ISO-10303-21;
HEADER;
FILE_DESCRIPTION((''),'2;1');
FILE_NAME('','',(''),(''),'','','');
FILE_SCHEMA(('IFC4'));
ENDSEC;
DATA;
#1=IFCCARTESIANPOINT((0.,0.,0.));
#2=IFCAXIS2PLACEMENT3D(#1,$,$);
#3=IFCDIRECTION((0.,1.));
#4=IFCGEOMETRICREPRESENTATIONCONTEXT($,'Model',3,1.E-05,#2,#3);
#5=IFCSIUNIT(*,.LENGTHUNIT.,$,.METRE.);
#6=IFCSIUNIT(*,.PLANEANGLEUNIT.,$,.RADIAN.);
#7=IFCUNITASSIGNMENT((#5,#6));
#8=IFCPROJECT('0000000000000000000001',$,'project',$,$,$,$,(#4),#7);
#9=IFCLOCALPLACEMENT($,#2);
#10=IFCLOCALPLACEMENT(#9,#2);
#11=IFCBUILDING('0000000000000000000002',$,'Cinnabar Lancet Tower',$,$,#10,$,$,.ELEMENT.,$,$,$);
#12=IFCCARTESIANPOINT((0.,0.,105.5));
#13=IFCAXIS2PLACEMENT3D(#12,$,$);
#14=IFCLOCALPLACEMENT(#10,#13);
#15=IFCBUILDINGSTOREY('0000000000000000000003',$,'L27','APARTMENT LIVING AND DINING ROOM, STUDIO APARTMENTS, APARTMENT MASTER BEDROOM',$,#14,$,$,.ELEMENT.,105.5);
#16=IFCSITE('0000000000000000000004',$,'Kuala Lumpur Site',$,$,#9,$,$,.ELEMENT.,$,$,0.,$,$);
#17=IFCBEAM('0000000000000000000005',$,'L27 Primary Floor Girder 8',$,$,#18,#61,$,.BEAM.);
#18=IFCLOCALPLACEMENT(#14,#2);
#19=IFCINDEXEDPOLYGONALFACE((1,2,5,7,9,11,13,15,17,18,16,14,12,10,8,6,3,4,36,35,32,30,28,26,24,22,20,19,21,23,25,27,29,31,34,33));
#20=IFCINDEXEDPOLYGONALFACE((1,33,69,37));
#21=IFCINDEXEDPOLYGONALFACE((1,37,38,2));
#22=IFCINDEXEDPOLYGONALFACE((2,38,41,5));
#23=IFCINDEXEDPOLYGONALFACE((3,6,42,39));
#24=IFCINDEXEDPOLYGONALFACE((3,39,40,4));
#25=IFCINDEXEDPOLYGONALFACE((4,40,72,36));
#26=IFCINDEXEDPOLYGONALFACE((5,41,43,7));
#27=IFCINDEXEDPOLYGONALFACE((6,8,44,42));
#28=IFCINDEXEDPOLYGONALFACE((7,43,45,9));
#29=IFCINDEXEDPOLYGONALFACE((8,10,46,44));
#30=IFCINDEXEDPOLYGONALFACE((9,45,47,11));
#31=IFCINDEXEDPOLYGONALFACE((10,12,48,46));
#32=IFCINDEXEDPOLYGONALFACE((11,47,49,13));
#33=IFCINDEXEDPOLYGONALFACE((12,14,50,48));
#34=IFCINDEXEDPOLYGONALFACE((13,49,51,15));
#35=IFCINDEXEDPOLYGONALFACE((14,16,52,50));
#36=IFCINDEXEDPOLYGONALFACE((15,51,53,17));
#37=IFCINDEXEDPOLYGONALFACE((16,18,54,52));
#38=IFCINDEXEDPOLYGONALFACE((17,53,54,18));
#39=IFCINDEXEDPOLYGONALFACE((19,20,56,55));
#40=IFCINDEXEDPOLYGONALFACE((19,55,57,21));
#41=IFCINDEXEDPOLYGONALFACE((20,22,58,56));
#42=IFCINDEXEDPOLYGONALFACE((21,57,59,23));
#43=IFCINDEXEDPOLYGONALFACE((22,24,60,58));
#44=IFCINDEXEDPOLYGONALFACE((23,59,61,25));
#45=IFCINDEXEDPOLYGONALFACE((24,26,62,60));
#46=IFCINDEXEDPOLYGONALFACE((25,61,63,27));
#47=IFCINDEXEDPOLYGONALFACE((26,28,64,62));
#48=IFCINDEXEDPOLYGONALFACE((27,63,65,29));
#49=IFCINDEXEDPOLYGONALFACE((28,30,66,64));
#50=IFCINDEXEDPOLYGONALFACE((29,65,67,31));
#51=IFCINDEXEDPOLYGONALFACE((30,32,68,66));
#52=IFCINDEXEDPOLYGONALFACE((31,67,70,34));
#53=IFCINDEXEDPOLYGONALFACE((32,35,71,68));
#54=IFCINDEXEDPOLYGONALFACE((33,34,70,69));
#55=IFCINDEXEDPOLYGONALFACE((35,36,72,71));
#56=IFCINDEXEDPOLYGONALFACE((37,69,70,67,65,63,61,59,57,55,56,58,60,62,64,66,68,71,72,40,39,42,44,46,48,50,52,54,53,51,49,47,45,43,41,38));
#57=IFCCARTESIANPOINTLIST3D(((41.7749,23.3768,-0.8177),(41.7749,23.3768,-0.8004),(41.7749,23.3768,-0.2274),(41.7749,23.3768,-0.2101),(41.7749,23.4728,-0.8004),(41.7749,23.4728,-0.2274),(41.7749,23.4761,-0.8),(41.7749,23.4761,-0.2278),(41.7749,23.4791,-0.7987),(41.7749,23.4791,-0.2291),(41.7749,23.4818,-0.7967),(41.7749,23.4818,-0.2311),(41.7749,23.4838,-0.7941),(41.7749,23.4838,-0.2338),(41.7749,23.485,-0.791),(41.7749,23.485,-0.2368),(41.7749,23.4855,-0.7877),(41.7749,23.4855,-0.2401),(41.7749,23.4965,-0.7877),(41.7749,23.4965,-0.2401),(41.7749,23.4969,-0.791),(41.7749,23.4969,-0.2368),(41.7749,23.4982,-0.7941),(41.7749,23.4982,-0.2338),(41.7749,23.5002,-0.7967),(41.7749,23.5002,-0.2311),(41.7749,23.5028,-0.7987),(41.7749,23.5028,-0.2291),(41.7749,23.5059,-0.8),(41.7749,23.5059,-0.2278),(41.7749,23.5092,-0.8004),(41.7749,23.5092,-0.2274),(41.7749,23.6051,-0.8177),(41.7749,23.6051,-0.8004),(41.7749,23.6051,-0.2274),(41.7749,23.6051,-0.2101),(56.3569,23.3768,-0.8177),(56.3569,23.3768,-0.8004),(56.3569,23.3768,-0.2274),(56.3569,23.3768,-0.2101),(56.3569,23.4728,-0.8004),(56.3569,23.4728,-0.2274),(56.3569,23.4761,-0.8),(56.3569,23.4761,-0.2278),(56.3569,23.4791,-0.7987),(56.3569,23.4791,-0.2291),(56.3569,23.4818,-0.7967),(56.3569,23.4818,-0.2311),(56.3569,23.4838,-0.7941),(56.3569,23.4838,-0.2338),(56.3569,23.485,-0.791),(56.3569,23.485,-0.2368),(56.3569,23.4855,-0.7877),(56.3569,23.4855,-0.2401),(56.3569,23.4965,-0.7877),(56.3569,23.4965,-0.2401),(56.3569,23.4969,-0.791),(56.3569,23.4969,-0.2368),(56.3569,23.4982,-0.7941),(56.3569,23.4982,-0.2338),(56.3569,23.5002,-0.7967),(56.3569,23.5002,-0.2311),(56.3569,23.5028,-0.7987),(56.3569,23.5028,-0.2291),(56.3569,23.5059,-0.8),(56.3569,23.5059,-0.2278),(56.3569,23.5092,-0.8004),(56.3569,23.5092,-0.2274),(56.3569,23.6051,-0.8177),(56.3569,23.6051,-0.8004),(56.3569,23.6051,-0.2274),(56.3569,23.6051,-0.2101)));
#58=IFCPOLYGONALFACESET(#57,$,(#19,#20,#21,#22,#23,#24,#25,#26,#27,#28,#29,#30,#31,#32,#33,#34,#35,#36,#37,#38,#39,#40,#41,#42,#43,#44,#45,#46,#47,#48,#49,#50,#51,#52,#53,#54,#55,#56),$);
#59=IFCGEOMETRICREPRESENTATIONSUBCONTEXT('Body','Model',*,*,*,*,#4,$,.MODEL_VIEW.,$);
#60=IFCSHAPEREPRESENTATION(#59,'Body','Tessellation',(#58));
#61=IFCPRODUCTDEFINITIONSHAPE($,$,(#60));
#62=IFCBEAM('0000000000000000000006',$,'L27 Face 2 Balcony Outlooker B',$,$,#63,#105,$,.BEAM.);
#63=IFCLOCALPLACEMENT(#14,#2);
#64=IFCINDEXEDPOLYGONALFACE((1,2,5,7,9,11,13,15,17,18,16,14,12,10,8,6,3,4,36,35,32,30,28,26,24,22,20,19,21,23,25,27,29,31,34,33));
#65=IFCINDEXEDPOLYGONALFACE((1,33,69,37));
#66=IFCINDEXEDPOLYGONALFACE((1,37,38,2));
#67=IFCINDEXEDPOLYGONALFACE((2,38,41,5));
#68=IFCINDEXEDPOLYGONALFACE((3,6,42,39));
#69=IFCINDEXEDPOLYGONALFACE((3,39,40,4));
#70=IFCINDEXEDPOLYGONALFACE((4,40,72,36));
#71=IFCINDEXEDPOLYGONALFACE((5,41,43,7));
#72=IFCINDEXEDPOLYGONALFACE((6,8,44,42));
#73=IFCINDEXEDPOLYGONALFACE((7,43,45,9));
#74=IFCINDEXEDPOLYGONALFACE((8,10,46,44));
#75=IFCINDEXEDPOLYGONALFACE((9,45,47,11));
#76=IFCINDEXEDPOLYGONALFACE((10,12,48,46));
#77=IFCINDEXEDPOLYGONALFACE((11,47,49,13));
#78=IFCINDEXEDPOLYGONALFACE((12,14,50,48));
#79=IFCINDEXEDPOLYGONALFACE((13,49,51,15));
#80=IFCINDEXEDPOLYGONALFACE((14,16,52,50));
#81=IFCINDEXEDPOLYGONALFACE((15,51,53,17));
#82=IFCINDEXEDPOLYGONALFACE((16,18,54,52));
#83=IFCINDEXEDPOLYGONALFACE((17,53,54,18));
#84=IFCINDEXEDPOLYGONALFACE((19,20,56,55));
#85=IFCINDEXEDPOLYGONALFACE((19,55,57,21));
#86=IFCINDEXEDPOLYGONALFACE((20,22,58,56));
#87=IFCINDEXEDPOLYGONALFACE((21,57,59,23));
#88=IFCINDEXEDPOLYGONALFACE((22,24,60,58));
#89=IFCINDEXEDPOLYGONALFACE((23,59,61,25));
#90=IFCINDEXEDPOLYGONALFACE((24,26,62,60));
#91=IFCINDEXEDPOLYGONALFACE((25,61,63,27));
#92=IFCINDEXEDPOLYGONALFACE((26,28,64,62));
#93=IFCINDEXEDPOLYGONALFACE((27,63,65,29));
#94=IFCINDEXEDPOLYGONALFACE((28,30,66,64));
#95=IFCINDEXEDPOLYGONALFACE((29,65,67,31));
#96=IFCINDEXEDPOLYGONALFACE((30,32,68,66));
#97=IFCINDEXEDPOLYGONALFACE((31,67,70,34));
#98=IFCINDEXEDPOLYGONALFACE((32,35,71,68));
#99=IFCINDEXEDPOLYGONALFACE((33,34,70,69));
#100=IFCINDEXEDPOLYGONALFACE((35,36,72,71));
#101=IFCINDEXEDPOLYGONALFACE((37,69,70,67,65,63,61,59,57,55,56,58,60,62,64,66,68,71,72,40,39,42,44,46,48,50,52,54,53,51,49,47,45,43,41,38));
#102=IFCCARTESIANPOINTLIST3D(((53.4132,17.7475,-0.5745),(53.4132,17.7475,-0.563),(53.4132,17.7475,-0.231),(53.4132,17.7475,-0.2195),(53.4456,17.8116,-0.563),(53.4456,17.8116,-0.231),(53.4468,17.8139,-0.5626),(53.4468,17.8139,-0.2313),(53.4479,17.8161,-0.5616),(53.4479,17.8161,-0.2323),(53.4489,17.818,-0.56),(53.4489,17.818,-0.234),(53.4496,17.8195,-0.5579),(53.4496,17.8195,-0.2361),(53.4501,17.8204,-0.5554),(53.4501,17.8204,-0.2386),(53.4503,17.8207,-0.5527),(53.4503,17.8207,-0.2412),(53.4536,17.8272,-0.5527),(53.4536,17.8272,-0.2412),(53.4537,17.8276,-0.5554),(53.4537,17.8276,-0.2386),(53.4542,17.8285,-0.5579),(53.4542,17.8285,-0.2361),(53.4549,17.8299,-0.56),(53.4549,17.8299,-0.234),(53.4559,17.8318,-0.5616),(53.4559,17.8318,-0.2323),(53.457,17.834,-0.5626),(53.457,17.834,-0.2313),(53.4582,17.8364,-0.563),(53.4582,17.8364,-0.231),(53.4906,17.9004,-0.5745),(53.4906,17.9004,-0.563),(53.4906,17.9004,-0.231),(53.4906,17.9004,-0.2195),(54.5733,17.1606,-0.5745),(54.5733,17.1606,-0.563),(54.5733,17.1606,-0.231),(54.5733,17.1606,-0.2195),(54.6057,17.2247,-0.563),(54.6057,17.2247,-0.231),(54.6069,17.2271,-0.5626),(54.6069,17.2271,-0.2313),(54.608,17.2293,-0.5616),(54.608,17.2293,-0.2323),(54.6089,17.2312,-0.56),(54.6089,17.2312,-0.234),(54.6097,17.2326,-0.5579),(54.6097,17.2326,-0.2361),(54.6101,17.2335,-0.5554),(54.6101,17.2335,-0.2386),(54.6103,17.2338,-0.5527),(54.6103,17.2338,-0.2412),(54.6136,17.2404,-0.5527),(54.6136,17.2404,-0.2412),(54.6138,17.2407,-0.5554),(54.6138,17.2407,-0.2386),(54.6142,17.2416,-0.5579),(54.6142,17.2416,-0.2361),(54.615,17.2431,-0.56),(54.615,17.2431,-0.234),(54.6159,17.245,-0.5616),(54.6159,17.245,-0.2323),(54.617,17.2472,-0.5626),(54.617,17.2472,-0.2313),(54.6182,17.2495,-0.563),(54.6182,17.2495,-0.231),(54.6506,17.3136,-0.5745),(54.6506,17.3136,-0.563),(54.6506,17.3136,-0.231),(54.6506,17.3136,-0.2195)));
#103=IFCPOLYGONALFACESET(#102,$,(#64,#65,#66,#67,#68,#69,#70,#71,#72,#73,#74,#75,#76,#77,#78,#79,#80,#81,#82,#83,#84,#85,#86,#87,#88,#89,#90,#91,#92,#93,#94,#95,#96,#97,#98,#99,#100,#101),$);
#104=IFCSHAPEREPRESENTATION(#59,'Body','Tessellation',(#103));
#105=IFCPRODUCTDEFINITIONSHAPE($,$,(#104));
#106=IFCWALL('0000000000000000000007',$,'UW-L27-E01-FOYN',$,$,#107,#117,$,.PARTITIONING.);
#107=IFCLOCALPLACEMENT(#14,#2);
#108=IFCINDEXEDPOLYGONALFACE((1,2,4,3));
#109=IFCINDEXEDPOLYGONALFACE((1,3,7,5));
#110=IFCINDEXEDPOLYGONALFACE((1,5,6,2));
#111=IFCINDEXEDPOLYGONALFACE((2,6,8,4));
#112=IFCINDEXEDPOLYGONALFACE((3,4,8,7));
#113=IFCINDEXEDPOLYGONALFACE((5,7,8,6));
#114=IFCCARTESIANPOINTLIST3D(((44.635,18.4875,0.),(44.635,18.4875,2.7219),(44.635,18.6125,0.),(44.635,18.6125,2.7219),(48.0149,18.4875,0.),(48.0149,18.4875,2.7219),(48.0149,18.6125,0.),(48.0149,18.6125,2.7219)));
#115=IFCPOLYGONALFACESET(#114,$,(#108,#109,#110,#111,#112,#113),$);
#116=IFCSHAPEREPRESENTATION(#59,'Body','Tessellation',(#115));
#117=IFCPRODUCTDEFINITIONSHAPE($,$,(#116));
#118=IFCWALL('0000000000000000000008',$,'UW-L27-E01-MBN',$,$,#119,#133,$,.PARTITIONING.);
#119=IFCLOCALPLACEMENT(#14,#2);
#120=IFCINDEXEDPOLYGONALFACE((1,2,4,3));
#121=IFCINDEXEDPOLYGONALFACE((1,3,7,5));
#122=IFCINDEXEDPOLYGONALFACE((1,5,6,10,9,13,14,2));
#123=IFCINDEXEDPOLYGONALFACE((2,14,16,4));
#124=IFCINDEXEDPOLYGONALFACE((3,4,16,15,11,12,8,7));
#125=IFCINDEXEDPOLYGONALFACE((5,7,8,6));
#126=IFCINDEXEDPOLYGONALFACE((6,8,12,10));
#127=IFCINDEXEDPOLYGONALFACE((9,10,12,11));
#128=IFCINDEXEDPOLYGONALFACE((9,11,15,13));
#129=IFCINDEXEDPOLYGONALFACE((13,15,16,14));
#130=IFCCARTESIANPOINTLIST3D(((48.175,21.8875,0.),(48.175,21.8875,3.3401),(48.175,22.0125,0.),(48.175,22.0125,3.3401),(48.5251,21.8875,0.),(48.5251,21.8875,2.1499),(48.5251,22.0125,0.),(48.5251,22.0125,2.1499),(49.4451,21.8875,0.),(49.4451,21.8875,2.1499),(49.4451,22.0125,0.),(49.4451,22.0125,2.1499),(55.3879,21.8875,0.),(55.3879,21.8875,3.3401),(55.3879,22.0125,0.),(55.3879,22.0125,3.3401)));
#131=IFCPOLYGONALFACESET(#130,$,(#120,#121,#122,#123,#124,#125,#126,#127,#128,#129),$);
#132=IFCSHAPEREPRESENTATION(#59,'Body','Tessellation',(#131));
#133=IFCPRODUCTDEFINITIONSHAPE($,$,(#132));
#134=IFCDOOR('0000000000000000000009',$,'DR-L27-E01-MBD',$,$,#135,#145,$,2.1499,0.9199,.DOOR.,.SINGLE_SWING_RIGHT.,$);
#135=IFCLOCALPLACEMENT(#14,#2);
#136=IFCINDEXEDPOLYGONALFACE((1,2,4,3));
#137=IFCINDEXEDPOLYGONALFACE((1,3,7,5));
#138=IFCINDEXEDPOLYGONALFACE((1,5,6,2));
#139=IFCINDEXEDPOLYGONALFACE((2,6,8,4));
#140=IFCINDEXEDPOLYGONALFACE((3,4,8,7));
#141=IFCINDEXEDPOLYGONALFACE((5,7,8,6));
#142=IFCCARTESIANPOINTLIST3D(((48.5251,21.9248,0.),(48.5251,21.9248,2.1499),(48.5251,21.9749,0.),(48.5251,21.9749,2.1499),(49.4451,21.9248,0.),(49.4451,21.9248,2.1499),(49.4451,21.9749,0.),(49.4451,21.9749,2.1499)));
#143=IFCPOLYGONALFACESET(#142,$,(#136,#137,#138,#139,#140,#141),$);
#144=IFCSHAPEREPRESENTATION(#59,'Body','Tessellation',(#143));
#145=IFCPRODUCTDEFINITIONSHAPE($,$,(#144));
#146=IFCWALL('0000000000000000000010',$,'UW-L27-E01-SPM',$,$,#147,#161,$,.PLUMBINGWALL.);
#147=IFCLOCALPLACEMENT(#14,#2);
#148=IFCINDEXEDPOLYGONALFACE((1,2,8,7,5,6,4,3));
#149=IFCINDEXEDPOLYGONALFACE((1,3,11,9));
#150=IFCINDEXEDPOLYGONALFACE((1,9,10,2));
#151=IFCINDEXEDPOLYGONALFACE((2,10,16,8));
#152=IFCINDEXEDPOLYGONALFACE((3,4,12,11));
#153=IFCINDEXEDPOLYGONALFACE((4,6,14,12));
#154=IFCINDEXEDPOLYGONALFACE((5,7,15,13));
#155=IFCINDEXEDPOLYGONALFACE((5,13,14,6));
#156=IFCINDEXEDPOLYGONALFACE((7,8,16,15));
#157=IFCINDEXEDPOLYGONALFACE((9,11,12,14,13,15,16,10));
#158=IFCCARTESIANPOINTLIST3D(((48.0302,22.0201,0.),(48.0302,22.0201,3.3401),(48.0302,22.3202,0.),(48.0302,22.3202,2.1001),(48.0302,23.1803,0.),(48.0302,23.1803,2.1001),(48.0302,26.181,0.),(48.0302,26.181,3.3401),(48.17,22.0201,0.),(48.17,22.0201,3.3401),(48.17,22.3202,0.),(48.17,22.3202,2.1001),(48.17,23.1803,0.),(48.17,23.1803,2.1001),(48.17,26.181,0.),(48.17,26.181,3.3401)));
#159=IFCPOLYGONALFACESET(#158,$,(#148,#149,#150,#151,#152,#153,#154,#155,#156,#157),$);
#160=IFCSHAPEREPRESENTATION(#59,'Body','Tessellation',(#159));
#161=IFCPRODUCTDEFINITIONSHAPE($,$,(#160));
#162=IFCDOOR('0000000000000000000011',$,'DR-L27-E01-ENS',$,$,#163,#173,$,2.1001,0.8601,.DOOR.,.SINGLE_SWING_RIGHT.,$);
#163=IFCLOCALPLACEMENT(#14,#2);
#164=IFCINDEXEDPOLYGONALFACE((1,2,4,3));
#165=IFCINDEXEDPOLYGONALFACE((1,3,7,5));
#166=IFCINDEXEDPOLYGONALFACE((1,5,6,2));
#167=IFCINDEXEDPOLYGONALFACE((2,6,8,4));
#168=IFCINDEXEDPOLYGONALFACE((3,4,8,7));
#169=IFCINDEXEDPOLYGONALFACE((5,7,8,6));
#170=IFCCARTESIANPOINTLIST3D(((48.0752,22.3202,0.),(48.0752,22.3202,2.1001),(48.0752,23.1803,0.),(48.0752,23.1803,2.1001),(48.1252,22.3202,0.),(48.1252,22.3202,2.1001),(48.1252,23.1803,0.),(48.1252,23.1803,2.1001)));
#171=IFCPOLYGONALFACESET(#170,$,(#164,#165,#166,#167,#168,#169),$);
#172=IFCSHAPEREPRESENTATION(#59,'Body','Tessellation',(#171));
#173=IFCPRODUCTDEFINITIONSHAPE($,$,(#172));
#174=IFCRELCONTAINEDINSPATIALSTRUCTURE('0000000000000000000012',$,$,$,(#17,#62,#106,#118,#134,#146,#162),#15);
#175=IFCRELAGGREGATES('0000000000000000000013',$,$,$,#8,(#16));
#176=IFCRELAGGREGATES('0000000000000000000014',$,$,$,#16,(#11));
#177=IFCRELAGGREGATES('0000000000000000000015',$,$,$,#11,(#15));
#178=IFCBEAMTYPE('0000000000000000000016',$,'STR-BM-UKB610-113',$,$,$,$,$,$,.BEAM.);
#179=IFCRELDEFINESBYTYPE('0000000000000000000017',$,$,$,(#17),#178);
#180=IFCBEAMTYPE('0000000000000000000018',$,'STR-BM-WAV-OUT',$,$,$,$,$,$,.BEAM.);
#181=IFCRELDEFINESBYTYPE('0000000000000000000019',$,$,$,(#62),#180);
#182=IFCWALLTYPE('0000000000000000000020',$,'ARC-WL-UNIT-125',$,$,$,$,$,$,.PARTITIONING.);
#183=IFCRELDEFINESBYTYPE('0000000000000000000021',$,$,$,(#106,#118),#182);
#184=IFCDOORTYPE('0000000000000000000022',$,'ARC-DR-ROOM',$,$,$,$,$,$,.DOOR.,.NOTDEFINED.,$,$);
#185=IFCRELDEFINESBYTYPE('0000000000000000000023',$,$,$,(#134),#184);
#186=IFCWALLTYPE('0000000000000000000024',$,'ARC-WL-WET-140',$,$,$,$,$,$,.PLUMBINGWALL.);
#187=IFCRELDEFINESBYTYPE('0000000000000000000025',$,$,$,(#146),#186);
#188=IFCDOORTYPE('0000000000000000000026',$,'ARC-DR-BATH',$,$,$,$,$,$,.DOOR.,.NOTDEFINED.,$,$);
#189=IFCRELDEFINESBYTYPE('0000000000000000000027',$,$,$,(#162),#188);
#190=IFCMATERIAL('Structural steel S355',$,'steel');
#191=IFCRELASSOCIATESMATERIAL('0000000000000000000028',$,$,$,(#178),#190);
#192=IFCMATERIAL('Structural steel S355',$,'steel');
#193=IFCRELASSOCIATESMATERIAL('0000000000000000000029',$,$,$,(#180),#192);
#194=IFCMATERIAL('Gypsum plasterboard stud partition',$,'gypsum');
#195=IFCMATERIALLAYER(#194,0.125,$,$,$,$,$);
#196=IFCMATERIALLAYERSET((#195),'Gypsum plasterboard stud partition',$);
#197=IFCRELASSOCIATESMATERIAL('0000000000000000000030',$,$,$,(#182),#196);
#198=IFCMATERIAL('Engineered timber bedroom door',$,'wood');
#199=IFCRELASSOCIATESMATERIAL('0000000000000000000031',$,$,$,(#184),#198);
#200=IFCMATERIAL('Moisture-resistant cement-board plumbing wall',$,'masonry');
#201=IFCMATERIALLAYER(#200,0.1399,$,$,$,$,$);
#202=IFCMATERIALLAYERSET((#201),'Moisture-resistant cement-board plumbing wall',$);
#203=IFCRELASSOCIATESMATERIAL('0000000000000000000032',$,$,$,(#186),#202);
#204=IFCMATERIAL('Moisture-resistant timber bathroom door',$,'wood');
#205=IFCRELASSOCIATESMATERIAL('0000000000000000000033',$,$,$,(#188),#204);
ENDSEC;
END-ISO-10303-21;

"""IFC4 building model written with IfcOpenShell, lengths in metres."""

from ifc_helpers import new_model, si_unit, direction, frame, frame_2d, origin, origin_2d, place, context, subcontext, project, spatial, rectangle, i_section, extrude, material, layer, layer_set, material_profile, profile_set, type_object, element, fill, save


model = new_model("IFC4")

# Units and contexts
model_context = context("Model", 3, precision=1e-05, world=origin(), true_north=direction((0.0, 1.0)))
body_context = subcontext(model_context, "Body", "Model", "MODEL_VIEW")
ifc_project = project(units=[si_unit("LENGTHUNIT", "METRE"), si_unit("PLANEANGLEUNIT", "RADIAN")], contexts=[model_context])

# Site, building, storey
site_placement = place(None, origin())
site = spatial("IfcSite", under=ifc_project, at=site_placement, Name="Kuala Lumpur Site", CompositionType="ELEMENT", RefElevation=0.0)
building_placement = place(site_placement, origin())
building = spatial("IfcBuilding", under=site, at=building_placement, Name="Cinnabar Lancet Tower", CompositionType="ELEMENT")
storey_placement = place(building_placement, frame((0.0, 0.0, 105.5)))
storey = spatial("IfcBuildingStorey", under=building, at=storey_placement, Name="L27", Description="APARTMENT LIVING AND DINING ROOM, STUDIO APARTMENTS, APARTMENT MASTER BEDROOM", CompositionType="ELEMENT", Elevation=105.5)

# Beams
ifc_material_1 = material(Name="Structural steel S355", Category="steel")
ifc_material_profile_1 = material_profile(ifc_material_1, i_section(OverallWidth=0.2283, OverallDepth=0.6077, WebThickness=0.011, FlangeThickness=0.0173, FilletRadius=0.0127, at=origin_2d()), Name="UKB 610x229x113")
ifc_profile_set_1 = profile_set([ifc_material_profile_1], Name="Structural steel S355")
beam_type_1 = type_object("IfcBeamType", Name="STR-BM-UKB610-113", PredefinedType="BEAM", material=ifc_profile_set_1)
beam_1_placement = place(storey_placement, frame((56.3569, 23.491, -0.5139), z_axis=(-1.0, 0.0, 0.0), x_axis=(0.0, -1.0, 0.0)))
element("IfcBeam", 1, at=beam_1_placement, inside=storey, type_object=beam_type_1, Name="L27 Primary Floor Girder 8", PredefinedType="BEAM", context=body_context, shape_type="SweptSolid", body=[
    extrude(i_section(OverallWidth=0.2283, OverallDepth=0.6077, WebThickness=0.011, FlangeThickness=0.0173, FilletRadius=0.0127, at=origin_2d()), origin(), (0.0, 0.0, 1.0), 14.582),
])
ifc_material_2 = material(Name="Structural steel S355", Category="steel")
ifc_material_profile_2 = material_profile(ifc_material_2, i_section(OverallWidth=0.1714, OverallDepth=0.355, WebThickness=0.0073, FlangeThickness=0.0115, FilletRadius=0.0103, at=origin_2d()), Name="UKB 356x171x51")
ifc_profile_set_2 = profile_set([ifc_material_profile_2], Name="Structural steel S355")
beam_type_2 = type_object("IfcBeamType", Name="STR-BM-WAV-OUT", PredefinedType="BEAM", material=ifc_profile_set_2)
beam_2_placement = place(storey_placement, frame((53.4519, 17.824, -0.397), z_axis=(0.892314, -0.451415, 0.0), x_axis=(0.451415, 0.892314, 0.0)))
element("IfcBeam", 2, at=beam_2_placement, inside=storey, type_object=beam_type_2, Name="L27 Face 2 Balcony Outlooker B", PredefinedType="BEAM", context=body_context, shape_type="SweptSolid", body=[
    extrude(i_section(OverallWidth=0.1714, OverallDepth=0.355, WebThickness=0.0073, FlangeThickness=0.0115, FilletRadius=0.0103, at=origin_2d()), origin(), (0.0, 0.0, 1.0), 1.3),
])

# Wall
ifc_material_3 = material(Name="Gypsum plasterboard stud partition", Category="gypsum")
ifc_layer_1 = layer(ifc_material_3, 0.125)
ifc_layer_set_1 = layer_set([ifc_layer_1], Name="Gypsum plasterboard stud partition")
wall_type_1 = type_object("IfcWallType", Name="ARC-WL-UNIT-125", PredefinedType="PARTITIONING", material=ifc_layer_set_1)
wall_1_placement = place(storey_placement, frame((44.635, 18.55, 0.0), z_axis=(0.0, 0.0, 1.0), x_axis=(1.0, 0.0, 0.0)))
element("IfcWall", 3, at=wall_1_placement, inside=storey, type_object=wall_type_1, Name="UW-L27-E01-FOYN", PredefinedType="PARTITIONING", context=body_context, shape_type="SweptSolid", body=[
    extrude(rectangle(XDim=3.3799, YDim=0.125, at=frame_2d((1.6899, 0.0))), origin(), (0.0, 0.0, 1.0), 2.7219),
])

# Wall, opening, door
wall_2_placement = place(storey_placement, frame((48.175, 21.95, 0.0), z_axis=(0.0, 0.0, 1.0), x_axis=(1.0, 0.0, 0.0)))
wall_2 = element("IfcWall", 4, at=wall_2_placement, inside=storey, type_object=wall_type_1, Name="UW-L27-E01-MBN", PredefinedType="PARTITIONING", context=body_context, shape_type="SweptSolid", body=[
    extrude(rectangle(XDim=7.2129, YDim=0.125, at=frame_2d((3.6064, 0.0))), origin(), (0.0, 0.0, 1.0), 3.3401),
])
opening_1_placement = place(wall_2_placement, frame((0.3501, 0.0, 0.0)))
opening_1 = element("IfcOpeningElement", 5, at=opening_1_placement, cuts=wall_2, PredefinedType="OPENING", context=body_context, shape_type="SweptSolid", body=[
    extrude(rectangle(XDim=0.9199, YDim=2.1499, at=frame_2d((0.46, 1.075))), frame((0.0, 0.0725, 0.0), z_axis=(0.0, -1.0, 0.0), x_axis=(1.0, 0.0, 0.0)), (0.0, 0.0, 1.0), 0.145),
])
ifc_material_4 = material(Name="Engineered timber bedroom door", Category="wood")
door_type_1 = type_object("IfcDoorType", Name="ARC-DR-ROOM", OperationType="NOTDEFINED", PredefinedType="DOOR", material=ifc_material_4)
door_1_placement = place(opening_1_placement, origin())
door_1 = element("IfcDoor", 6, at=door_1_placement, inside=storey, type_object=door_type_1, Name="DR-L27-E01-MBD", OperationType="SINGLE_SWING_RIGHT", OverallHeight=2.1499, OverallWidth=0.9199, PredefinedType="DOOR", context=body_context, shape_type="SweptSolid", body=[
    extrude(rectangle(XDim=0.9199, YDim=2.1499, at=frame_2d((0.46, 1.075))), frame((0.0, 0.0249, 0.0), z_axis=(0.0, -1.0, 0.0), x_axis=(1.0, 0.0, 0.0)), (0.0, 0.0, 1.0), 0.05),
])
fill(opening_1, door_1)

# Shared definitions
ifc_material_5 = material(Name="Moisture-resistant cement-board plumbing wall", Category="masonry")
ifc_layer_2 = layer(ifc_material_5, 0.1399)
ifc_layer_set_2 = layer_set([ifc_layer_2], Name="Moisture-resistant cement-board plumbing wall")
wall_type_2 = type_object("IfcWallType", Name="ARC-WL-WET-140", PredefinedType="PLUMBINGWALL", material=ifc_layer_set_2)
ifc_material_6 = material(Name="Moisture-resistant timber bathroom door", Category="wood")
door_type_2 = type_object("IfcDoorType", Name="ARC-DR-BATH", OperationType="NOTDEFINED", PredefinedType="DOOR", material=ifc_material_6)

# Wall, opening, door
wall_3_placement = place(storey_placement, frame((48.1001, 22.02, 0.0), z_axis=(0.0, 0.0, 1.0), x_axis=(0.0, 1.0, 0.0)))
wall_3 = element("IfcWall", 7, at=wall_3_placement, inside=storey, type_object=wall_type_2, Name="UW-L27-E01-SPM", PredefinedType="PLUMBINGWALL", context=body_context, shape_type="SweptSolid", body=[
    extrude(rectangle(XDim=4.1609, YDim=0.1399, at=frame_2d((2.0806, 0.0))), origin(), (0.0, 0.0, 1.0), 3.3401),
])
opening_2_placement = place(wall_3_placement, frame((0.3, 0.0, 0.0)))
opening_2 = element("IfcOpeningElement", 8, at=opening_2_placement, cuts=wall_3, PredefinedType="OPENING", context=body_context, shape_type="SweptSolid", body=[
    extrude(rectangle(XDim=0.8601, YDim=2.1001, at=frame_2d((0.4302, 1.05))), frame((0.0, 0.0798, 0.0), z_axis=(0.0, -1.0, 0.0), x_axis=(1.0, 0.0, 0.0)), (0.0, 0.0, 1.0), 0.1599),
])
door_2_placement = place(opening_2_placement, origin())
door_2 = element("IfcDoor", 9, at=door_2_placement, inside=storey, type_object=door_type_2, Name="DR-L27-E01-ENS", OperationType="SINGLE_SWING_RIGHT", OverallHeight=2.1001, OverallWidth=0.8601, PredefinedType="DOOR", context=body_context, shape_type="SweptSolid", body=[
    extrude(rectangle(XDim=0.8601, YDim=2.1001, at=frame_2d((0.4302, 1.05))), frame((0.0, 0.0249, 0.0), z_axis=(0.0, -1.0, 0.0), x_axis=(1.0, 0.0, 0.0)), (0.0, 0.0, 1.0), 0.05),
])
fill(opening_2, door_2)

save(model, "model.ifc")
